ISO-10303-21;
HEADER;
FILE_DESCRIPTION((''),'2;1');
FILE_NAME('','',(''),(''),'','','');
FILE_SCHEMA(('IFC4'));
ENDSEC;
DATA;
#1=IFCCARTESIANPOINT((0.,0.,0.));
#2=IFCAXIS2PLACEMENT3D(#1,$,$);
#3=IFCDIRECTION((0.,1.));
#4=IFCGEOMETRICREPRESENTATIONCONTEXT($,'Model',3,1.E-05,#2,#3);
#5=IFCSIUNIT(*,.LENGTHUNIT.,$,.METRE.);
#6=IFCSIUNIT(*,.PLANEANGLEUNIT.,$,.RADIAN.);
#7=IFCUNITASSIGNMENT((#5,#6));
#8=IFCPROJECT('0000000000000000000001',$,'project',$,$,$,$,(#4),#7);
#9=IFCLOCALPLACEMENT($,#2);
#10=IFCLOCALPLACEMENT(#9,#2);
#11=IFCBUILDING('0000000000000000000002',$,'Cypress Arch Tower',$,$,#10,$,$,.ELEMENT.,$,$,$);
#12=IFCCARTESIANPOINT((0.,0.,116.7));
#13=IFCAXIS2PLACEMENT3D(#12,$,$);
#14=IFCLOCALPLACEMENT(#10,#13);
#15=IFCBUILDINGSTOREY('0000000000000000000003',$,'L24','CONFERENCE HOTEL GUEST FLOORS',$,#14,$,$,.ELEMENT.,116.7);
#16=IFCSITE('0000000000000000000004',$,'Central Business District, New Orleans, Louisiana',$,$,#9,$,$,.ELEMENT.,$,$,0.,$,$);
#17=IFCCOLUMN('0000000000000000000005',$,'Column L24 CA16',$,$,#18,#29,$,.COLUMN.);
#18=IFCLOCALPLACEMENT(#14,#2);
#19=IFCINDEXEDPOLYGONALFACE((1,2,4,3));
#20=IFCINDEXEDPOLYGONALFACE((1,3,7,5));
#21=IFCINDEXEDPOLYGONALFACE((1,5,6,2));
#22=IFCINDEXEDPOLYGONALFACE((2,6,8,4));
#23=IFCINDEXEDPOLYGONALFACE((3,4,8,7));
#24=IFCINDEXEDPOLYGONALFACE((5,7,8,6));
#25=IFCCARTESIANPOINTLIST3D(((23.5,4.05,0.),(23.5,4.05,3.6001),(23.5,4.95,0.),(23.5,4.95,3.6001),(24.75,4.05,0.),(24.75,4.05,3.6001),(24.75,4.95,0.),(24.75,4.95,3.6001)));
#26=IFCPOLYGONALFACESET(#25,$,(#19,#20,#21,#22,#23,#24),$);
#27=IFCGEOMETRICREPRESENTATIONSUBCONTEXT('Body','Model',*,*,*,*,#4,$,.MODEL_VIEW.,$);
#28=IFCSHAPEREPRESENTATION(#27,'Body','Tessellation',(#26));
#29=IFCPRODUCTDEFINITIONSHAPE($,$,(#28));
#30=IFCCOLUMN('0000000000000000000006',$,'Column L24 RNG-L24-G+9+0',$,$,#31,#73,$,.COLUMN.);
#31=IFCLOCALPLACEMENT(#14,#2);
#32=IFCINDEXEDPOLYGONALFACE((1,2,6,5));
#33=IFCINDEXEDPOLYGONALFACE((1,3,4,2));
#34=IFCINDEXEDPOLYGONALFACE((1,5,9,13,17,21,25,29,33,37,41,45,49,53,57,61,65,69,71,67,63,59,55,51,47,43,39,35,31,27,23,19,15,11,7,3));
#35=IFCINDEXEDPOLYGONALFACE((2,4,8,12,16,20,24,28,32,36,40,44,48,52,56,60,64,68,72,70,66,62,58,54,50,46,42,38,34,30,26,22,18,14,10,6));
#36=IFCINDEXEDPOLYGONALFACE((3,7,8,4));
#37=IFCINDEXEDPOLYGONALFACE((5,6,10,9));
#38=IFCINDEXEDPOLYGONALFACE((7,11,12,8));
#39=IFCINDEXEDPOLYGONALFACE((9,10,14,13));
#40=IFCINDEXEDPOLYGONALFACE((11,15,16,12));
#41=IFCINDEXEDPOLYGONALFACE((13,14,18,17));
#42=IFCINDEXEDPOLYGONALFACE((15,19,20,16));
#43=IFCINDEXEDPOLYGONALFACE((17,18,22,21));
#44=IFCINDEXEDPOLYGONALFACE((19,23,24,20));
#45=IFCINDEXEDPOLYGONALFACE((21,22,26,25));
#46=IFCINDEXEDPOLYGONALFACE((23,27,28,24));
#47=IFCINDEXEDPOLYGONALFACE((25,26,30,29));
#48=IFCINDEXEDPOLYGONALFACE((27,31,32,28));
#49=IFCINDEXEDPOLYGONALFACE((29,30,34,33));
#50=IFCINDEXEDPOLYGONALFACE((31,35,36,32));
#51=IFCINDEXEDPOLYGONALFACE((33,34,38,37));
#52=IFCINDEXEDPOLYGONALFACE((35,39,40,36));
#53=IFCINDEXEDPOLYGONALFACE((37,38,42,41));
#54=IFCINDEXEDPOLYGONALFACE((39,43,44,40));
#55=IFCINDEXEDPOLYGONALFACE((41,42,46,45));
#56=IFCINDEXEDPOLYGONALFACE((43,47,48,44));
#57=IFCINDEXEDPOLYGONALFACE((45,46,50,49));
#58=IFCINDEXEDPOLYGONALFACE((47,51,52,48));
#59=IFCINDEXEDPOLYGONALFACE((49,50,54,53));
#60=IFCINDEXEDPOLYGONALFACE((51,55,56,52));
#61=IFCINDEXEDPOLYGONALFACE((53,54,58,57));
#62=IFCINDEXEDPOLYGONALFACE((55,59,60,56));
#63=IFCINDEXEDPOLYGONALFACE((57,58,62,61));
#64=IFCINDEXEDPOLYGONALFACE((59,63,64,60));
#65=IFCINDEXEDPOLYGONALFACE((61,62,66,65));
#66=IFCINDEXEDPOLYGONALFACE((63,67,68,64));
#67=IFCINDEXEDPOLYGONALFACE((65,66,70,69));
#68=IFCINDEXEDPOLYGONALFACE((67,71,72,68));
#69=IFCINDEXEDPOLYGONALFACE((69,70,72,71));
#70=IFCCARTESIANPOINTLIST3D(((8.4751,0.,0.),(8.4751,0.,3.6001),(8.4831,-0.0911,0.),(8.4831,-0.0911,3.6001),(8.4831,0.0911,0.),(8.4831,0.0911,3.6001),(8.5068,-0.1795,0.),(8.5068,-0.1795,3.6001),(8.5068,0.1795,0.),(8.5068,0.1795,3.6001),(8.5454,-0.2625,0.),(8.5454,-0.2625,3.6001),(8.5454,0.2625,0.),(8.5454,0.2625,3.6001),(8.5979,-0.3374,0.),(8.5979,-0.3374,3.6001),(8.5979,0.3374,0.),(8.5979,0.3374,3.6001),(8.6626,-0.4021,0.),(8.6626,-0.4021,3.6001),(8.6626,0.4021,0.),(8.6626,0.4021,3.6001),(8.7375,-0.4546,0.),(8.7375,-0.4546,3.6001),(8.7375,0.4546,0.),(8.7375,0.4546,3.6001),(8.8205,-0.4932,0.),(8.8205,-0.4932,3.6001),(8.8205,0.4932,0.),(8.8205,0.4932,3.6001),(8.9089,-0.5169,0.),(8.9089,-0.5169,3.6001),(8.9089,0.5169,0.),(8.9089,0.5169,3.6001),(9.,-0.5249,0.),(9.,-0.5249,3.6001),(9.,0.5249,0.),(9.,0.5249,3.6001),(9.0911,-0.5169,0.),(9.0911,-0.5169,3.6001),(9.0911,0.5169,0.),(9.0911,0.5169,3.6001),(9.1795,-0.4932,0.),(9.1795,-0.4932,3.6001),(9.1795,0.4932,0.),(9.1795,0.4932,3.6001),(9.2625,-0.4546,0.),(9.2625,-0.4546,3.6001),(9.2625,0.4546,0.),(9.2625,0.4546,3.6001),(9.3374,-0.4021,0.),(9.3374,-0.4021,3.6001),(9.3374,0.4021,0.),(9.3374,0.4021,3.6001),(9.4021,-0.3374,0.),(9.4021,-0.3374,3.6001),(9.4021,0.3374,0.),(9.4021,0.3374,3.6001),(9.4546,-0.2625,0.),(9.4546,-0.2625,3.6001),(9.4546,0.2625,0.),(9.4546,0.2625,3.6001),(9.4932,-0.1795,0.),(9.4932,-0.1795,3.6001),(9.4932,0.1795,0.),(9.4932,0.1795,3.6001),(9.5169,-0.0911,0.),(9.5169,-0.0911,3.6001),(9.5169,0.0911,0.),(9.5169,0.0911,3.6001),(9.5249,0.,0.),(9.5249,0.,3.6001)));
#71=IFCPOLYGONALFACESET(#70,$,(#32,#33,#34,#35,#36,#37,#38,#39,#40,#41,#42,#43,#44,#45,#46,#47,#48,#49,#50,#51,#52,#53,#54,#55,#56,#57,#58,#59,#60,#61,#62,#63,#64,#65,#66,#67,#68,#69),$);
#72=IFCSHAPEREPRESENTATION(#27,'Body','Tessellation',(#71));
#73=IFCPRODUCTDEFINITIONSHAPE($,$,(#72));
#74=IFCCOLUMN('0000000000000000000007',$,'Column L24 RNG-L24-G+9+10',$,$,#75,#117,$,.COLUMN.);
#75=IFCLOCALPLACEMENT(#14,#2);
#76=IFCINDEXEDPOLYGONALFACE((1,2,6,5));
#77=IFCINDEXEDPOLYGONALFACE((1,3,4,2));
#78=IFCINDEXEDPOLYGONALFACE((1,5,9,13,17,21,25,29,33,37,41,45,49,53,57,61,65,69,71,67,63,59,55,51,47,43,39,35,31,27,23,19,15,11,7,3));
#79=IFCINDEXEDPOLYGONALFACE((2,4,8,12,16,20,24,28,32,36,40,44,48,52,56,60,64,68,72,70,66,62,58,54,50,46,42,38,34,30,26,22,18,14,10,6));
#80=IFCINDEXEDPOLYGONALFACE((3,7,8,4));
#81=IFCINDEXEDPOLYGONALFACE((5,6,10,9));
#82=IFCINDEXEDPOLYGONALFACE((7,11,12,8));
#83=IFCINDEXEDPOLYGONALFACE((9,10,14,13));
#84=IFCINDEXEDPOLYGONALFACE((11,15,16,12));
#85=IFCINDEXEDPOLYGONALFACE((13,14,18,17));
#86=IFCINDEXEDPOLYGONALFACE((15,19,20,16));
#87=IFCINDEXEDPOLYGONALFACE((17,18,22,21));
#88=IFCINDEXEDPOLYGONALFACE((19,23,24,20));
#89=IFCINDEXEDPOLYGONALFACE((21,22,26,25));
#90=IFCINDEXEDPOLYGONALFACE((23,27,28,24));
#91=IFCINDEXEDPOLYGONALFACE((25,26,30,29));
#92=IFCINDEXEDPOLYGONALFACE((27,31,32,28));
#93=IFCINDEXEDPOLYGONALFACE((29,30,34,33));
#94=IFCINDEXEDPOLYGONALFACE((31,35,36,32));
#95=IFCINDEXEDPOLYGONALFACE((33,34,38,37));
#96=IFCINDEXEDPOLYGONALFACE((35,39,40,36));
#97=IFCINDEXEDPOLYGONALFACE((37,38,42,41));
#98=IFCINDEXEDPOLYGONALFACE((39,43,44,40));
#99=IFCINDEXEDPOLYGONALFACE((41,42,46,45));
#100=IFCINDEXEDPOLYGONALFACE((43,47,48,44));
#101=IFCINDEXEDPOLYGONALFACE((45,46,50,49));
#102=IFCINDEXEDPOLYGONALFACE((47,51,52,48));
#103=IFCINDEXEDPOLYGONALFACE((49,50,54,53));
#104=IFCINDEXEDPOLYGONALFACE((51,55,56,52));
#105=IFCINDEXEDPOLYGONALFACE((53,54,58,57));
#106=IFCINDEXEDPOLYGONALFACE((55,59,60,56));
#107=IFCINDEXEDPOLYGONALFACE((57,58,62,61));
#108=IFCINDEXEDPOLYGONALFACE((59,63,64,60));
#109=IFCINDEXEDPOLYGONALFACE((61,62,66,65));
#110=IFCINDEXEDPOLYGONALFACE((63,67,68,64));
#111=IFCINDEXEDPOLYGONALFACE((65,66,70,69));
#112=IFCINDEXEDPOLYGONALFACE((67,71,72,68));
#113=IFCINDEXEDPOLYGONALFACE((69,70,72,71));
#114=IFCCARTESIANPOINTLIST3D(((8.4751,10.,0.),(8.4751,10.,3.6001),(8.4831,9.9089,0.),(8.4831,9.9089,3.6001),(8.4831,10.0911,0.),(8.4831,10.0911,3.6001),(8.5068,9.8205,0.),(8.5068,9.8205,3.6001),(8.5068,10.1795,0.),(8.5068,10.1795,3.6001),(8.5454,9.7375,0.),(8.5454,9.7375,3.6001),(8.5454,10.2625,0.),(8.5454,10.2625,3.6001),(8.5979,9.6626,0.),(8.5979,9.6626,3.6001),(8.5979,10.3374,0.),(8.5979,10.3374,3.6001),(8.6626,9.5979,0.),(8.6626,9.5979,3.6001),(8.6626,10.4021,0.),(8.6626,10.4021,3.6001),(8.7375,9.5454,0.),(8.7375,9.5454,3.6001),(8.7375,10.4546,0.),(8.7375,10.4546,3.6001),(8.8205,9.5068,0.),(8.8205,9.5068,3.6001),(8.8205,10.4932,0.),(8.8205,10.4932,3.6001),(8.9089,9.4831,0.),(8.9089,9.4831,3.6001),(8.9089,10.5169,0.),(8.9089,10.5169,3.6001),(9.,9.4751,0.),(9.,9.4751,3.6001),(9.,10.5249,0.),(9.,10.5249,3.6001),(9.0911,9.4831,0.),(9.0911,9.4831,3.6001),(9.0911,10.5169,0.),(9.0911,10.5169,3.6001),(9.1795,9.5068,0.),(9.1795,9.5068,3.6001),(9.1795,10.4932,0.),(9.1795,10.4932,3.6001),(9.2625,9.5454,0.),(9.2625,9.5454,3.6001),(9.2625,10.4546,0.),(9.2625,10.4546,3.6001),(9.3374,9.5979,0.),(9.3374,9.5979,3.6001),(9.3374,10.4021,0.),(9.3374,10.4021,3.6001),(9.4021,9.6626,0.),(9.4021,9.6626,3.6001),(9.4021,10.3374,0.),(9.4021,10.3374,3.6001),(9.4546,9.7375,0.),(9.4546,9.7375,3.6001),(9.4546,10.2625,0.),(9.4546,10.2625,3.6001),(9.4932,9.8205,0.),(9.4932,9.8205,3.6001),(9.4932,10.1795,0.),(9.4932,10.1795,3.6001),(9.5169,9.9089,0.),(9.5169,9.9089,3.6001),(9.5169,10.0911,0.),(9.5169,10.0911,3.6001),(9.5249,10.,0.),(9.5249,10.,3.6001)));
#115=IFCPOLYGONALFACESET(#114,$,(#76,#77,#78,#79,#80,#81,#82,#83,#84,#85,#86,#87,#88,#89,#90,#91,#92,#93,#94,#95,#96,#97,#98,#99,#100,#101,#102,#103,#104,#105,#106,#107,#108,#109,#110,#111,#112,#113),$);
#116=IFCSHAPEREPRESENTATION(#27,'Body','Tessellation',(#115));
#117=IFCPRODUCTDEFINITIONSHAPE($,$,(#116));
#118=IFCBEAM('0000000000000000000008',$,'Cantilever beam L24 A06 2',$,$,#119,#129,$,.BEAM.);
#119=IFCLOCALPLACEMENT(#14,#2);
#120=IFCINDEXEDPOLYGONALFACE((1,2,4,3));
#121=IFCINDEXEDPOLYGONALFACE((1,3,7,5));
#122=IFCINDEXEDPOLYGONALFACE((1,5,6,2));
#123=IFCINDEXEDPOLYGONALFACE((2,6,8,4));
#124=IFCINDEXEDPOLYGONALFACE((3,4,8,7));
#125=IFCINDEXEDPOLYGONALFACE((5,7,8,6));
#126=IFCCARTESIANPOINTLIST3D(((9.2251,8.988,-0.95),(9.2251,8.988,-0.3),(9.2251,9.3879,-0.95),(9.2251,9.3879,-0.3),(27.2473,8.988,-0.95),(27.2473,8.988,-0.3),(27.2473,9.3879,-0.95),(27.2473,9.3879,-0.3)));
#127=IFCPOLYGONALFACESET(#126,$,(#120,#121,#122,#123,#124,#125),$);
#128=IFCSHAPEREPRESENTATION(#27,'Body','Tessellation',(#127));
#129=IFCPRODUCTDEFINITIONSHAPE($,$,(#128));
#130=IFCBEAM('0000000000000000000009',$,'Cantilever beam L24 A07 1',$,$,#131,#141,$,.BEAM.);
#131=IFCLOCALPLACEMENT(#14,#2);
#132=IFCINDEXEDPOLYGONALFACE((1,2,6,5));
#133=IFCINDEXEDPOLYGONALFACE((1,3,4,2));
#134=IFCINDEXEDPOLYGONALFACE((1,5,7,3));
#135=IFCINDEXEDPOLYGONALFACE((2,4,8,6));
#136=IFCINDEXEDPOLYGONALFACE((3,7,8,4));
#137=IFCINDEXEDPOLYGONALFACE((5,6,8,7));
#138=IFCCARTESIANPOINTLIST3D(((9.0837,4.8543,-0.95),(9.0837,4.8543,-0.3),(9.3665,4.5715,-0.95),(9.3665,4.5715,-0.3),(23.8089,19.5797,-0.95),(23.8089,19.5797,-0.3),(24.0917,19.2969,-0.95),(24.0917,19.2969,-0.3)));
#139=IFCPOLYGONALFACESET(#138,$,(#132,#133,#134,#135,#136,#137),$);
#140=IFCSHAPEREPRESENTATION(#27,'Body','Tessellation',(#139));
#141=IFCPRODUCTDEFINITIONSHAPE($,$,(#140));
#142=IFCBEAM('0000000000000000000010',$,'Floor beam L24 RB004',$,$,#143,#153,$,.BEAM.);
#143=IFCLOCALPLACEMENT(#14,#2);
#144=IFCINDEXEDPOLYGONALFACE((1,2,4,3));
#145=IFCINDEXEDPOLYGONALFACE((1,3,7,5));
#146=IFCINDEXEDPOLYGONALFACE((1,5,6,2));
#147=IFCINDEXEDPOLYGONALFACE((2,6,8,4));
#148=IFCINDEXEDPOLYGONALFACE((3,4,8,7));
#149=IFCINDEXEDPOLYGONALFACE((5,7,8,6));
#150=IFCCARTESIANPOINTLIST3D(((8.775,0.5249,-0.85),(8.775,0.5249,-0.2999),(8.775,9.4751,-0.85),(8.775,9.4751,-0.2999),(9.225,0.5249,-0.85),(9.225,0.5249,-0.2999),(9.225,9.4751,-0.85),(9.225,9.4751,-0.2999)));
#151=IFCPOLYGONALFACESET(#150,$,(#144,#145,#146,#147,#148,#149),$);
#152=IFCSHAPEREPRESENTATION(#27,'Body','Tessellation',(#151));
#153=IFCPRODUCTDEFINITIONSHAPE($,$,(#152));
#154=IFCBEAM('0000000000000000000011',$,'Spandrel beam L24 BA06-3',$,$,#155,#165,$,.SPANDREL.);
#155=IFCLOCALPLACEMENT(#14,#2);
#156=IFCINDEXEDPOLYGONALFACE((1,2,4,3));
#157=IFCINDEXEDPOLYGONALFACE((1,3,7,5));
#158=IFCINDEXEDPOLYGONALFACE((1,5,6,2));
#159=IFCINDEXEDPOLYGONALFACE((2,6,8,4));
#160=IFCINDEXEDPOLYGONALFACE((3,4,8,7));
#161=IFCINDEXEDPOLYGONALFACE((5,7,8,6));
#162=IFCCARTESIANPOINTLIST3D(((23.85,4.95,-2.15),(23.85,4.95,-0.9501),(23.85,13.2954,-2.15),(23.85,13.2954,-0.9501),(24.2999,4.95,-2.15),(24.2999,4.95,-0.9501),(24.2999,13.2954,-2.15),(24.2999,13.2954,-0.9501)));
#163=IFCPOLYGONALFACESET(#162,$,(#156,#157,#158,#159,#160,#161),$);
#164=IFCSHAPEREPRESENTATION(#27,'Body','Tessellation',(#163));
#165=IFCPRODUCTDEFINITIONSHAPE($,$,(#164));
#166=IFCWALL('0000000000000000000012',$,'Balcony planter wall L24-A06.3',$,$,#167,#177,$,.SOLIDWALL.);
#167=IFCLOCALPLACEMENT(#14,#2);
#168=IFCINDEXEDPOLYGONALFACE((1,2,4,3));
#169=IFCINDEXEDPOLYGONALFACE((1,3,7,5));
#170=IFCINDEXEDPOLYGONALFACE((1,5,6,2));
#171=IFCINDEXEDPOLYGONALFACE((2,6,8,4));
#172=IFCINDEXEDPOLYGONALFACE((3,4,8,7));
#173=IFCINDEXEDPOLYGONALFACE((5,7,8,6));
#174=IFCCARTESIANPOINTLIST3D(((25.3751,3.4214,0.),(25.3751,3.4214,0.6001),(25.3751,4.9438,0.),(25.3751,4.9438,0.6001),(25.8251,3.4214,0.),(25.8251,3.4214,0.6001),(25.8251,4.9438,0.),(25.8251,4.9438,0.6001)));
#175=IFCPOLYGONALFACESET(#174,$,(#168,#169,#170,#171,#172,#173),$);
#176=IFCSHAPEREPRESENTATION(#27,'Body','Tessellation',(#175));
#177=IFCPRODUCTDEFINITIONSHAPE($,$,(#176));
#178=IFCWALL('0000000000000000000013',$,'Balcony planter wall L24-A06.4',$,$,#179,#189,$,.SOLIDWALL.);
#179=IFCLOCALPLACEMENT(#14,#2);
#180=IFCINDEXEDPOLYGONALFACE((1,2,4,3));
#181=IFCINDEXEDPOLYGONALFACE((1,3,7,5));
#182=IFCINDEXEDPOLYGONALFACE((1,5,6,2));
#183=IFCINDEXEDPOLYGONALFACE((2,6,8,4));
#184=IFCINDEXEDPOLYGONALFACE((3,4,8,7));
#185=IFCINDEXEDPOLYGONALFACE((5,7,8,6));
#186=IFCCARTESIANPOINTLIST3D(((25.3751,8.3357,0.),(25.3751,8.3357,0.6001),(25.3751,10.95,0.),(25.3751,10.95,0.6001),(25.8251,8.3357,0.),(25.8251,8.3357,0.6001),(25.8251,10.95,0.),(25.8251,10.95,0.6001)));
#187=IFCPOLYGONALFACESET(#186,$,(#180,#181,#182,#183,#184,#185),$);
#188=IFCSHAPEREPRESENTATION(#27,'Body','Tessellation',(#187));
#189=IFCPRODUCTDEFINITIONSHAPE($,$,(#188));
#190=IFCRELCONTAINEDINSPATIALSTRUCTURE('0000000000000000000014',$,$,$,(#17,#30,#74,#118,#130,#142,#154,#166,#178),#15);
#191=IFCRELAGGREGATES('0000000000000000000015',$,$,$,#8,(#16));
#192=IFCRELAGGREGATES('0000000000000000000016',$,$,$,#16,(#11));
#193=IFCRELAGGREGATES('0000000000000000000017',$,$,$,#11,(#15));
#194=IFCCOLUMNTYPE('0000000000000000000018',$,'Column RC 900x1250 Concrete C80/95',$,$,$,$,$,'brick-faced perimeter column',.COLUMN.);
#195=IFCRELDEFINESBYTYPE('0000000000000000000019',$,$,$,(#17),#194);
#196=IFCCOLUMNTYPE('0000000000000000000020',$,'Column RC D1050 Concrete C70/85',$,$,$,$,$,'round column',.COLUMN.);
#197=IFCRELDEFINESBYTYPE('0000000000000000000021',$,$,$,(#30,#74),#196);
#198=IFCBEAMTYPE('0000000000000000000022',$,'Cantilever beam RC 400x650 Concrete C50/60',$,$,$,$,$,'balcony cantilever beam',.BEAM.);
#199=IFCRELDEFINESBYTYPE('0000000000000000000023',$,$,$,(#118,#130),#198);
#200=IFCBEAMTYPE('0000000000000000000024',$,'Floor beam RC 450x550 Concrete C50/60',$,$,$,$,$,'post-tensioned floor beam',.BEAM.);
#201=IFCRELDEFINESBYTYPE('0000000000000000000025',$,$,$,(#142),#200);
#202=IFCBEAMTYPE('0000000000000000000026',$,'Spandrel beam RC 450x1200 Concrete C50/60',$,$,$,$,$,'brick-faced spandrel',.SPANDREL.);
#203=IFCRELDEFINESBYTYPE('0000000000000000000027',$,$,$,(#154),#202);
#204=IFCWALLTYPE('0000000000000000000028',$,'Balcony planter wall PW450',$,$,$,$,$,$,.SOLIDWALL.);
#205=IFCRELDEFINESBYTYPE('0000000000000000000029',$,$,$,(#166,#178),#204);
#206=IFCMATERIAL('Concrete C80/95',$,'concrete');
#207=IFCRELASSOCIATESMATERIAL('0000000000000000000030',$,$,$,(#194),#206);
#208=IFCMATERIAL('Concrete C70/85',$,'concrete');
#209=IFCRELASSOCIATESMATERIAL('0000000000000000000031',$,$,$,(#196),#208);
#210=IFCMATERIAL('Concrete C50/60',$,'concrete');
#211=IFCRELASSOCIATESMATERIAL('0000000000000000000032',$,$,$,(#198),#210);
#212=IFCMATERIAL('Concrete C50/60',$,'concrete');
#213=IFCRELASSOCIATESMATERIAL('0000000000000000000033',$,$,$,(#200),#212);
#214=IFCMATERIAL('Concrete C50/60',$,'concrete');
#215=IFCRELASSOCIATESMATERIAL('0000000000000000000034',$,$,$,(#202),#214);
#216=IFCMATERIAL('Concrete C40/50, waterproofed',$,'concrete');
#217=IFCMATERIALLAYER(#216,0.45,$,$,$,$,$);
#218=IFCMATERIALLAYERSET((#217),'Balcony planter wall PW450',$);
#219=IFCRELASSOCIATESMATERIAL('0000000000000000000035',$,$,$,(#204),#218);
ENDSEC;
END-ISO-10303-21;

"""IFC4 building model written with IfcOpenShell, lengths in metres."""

from ifc_helpers import new_model, si_unit, direction, frame, frame_2d, origin, origin_2d, place, context, subcontext, project, spatial, rectangle, circle, extrude, material, layer, layer_set, material_profile, profile_set, type_object, element, save


model = new_model("IFC4")

# Units and contexts
model_context = context("Model", 3, precision=1e-05, world=origin(), true_north=direction((0.0, 1.0)))
body_context = subcontext(model_context, "Body", "Model", "MODEL_VIEW")
ifc_project = project(units=[si_unit("LENGTHUNIT", "METRE"), si_unit("PLANEANGLEUNIT", "RADIAN")], contexts=[model_context])

# Site, building, storey
site_placement = place(None, origin())
site = spatial("IfcSite", under=ifc_project, at=site_placement, Name="Central Business District, New Orleans, Louisiana", CompositionType="ELEMENT", RefElevation=0.0)
building_placement = place(site_placement, origin())
building = spatial("IfcBuilding", under=site, at=building_placement, Name="Cypress Arch Tower", CompositionType="ELEMENT")
storey_placement = place(building_placement, frame((0.0, 0.0, 116.7)))
storey = spatial("IfcBuildingStorey", under=building, at=storey_placement, Name="L24", Description="CONFERENCE HOTEL GUEST FLOORS", CompositionType="ELEMENT", Elevation=116.7)

# Columns
ifc_material_1 = material(Name="Concrete C80/95", Category="concrete")
ifc_material_profile_1 = material_profile(ifc_material_1, rectangle(XDim=0.8999, YDim=1.25, at=origin_2d()), Name="RC 900x1250")
ifc_profile_set_1 = profile_set([ifc_material_profile_1], Name="Concrete C80/95")
column_type_1 = type_object("IfcColumnType", Name="Column RC 900x1250 Concrete C80/95", ElementType="brick-faced perimeter column", PredefinedType="COLUMN", material=ifc_profile_set_1)
column_placement = place(storey_placement, frame((24.125, 4.5, 0.0), z_axis=(0.0, 0.0, 1.0), x_axis=(0.0, 1.0, 0.0)))
element("IfcColumn", 1, at=column_placement, inside=storey, type_object=column_type_1, Name="Column L24 CA16", PredefinedType="COLUMN", context=body_context, shape_type="SweptSolid", body=[
    extrude(rectangle(XDim=0.8999, YDim=1.25, at=origin_2d()), origin(), (0.0, 0.0, 1.0), 3.6001),
])
ifc_material_2 = material(Name="Concrete C70/85", Category="concrete")
ifc_material_profile_2 = material_profile(ifc_material_2, circle(Radius=0.5249, at=origin_2d()), Name="RC D1050")
ifc_profile_set_2 = profile_set([ifc_material_profile_2], Name="Concrete C70/85")
column_type_2 = type_object("IfcColumnType", Name="Column RC D1050 Concrete C70/85", ElementType="round column", PredefinedType="COLUMN", material=ifc_profile_set_2)
for number, where, z_axis, x_axis, name in (
    (2, (9.0, 0.0, 0.0), (0.0, 0.0, 1.0), (1.0, 0.0, 0.0), "Column L24 RNG-L24-G+9+0"),
    (3, (9.0, 10.0, 0.0), (0.0, 0.0, 1.0), (1.0, 0.0, 0.0), "Column L24 RNG-L24-G+9+10"),
):
    element("IfcColumn", number, at=place(storey_placement, frame(where, z_axis=z_axis, x_axis=x_axis)), inside=storey, type_object=column_type_2, Name=name, PredefinedType="COLUMN", context=body_context, shape_type="SweptSolid", body=[
        extrude(circle(Radius=0.5249, at=origin_2d()), origin(), (0.0, 0.0, 1.0), 3.6001),
    ])

# Beams
ifc_material_3 = material(Name="Concrete C50/60", Category="concrete")
ifc_material_profile_3 = material_profile(ifc_material_3, rectangle(XDim=0.3999, YDim=0.6499, at=origin_2d()), Name="RC 400x650")
ifc_profile_set_3 = profile_set([ifc_material_profile_3], Name="Concrete C50/60")
beam_type_1 = type_object("IfcBeamType", Name="Cantilever beam RC 400x650 Concrete C50/60", ElementType="balcony cantilever beam", PredefinedType="BEAM", material=ifc_profile_set_3)
beam_1_placement = place(storey_placement, frame((9.2251, 9.188, -0.625), z_axis=(1.0, 0.0, 0.0), x_axis=(0.0, 1.0, 0.0)))
element("IfcBeam", 4, at=beam_1_placement, inside=storey, type_object=beam_type_1, Name="Cantilever beam L24 A06 2", PredefinedType="BEAM", context=body_context, shape_type="SweptSolid", body=[
    extrude(rectangle(XDim=0.3999, YDim=0.6499, at=origin_2d()), origin(), (0.0, 0.0, 1.0), 18.0222),
])
beam_2_placement = place(storey_placement, frame((9.2251, 4.7129, -0.625), z_axis=(0.707101, 0.707113, 0.0), x_axis=(-0.707113, 0.707101, 0.0)))
element("IfcBeam", 5, at=beam_2_placement, inside=storey, type_object=beam_type_1, Name="Cantilever beam L24 A07 1", PredefinedType="BEAM", context=body_context, shape_type="SweptSolid", body=[
    extrude(rectangle(XDim=0.3999, YDim=0.6499, at=origin_2d()), origin(), (0.0, 0.0, 1.0), 20.8247),
])
ifc_material_4 = material(Name="Concrete C50/60", Category="concrete")
ifc_material_profile_4 = material_profile(ifc_material_4, rectangle(XDim=0.45, YDim=0.55, at=origin_2d()), Name="RC 450x550")
ifc_profile_set_4 = profile_set([ifc_material_profile_4], Name="Concrete C50/60")
beam_type_2 = type_object("IfcBeamType", Name="Floor beam RC 450x550 Concrete C50/60", ElementType="post-tensioned floor beam", PredefinedType="BEAM", material=ifc_profile_set_4)
beam_3_placement = place(storey_placement, frame((9.0, 0.5249, -0.575), z_axis=(0.0, 1.0, 0.0), x_axis=(-1.0, 0.0, 0.0)))
element("IfcBeam", 6, at=beam_3_placement, inside=storey, type_object=beam_type_2, Name="Floor beam L24 RB004", PredefinedType="BEAM", context=body_context, shape_type="SweptSolid", body=[
    extrude(rectangle(XDim=0.45, YDim=0.55, at=origin_2d()), origin(), (0.0, 0.0, 1.0), 8.9502),
])
ifc_material_5 = material(Name="Concrete C50/60", Category="concrete")
ifc_material_profile_5 = material_profile(ifc_material_5, rectangle(XDim=0.45, YDim=1.2, at=origin_2d()), Name="RC 450x1200")
ifc_profile_set_5 = profile_set([ifc_material_profile_5], Name="Concrete C50/60")
beam_type_3 = type_object("IfcBeamType", Name="Spandrel beam RC 450x1200 Concrete C50/60", ElementType="brick-faced spandrel", PredefinedType="SPANDREL", material=ifc_profile_set_5)
beam_4_placement = place(storey_placement, frame((24.075, 4.95, -1.55), z_axis=(0.0, 1.0, 0.0), x_axis=(-1.0, 0.0, 0.0)))
element("IfcBeam", 7, at=beam_4_placement, inside=storey, type_object=beam_type_3, Name="Spandrel beam L24 BA06-3", PredefinedType="SPANDREL", context=body_context, shape_type="SweptSolid", body=[
    extrude(rectangle(XDim=0.45, YDim=1.2, at=origin_2d()), origin(), (0.0, 0.0, 1.0), 8.3455),
])

# Walls
ifc_material_6 = material(Name="Concrete C40/50, waterproofed", Category="concrete")
ifc_layer_1 = layer(ifc_material_6, 0.45)
ifc_layer_set_1 = layer_set([ifc_layer_1], Name="Balcony planter wall PW450")
wall_type_1 = type_object("IfcWallType", Name="Balcony planter wall PW450", PredefinedType="SOLIDWALL", material=ifc_layer_set_1)
wall_1_placement = place(storey_placement, frame((25.6001, 3.4214, 0.0), z_axis=(0.0, 0.0, 1.0), x_axis=(0.0, 1.0, 0.0)))
element("IfcWall", 8, at=wall_1_placement, inside=storey, type_object=wall_type_1, Name="Balcony planter wall L24-A06.3", PredefinedType="SOLIDWALL", context=body_context, shape_type="SweptSolid", body=[
    extrude(rectangle(XDim=1.5225, YDim=0.45, at=frame_2d((0.7612, 0.0))), origin(), (0.0, 0.0, 1.0), 0.6001),
])
wall_2_placement = place(storey_placement, frame((25.6001, 8.3357, 0.0), z_axis=(0.0, 0.0, 1.0), x_axis=(0.0, 1.0, 0.0)))
element("IfcWall", 9, at=wall_2_placement, inside=storey, type_object=wall_type_1, Name="Balcony planter wall L24-A06.4", PredefinedType="SOLIDWALL", context=body_context, shape_type="SweptSolid", body=[
    extrude(rectangle(XDim=2.6143, YDim=0.45, at=frame_2d((1.3071, 0.0))), origin(), (0.0, 0.0, 1.0), 0.6001),
])

save(model, "model.ifc")
